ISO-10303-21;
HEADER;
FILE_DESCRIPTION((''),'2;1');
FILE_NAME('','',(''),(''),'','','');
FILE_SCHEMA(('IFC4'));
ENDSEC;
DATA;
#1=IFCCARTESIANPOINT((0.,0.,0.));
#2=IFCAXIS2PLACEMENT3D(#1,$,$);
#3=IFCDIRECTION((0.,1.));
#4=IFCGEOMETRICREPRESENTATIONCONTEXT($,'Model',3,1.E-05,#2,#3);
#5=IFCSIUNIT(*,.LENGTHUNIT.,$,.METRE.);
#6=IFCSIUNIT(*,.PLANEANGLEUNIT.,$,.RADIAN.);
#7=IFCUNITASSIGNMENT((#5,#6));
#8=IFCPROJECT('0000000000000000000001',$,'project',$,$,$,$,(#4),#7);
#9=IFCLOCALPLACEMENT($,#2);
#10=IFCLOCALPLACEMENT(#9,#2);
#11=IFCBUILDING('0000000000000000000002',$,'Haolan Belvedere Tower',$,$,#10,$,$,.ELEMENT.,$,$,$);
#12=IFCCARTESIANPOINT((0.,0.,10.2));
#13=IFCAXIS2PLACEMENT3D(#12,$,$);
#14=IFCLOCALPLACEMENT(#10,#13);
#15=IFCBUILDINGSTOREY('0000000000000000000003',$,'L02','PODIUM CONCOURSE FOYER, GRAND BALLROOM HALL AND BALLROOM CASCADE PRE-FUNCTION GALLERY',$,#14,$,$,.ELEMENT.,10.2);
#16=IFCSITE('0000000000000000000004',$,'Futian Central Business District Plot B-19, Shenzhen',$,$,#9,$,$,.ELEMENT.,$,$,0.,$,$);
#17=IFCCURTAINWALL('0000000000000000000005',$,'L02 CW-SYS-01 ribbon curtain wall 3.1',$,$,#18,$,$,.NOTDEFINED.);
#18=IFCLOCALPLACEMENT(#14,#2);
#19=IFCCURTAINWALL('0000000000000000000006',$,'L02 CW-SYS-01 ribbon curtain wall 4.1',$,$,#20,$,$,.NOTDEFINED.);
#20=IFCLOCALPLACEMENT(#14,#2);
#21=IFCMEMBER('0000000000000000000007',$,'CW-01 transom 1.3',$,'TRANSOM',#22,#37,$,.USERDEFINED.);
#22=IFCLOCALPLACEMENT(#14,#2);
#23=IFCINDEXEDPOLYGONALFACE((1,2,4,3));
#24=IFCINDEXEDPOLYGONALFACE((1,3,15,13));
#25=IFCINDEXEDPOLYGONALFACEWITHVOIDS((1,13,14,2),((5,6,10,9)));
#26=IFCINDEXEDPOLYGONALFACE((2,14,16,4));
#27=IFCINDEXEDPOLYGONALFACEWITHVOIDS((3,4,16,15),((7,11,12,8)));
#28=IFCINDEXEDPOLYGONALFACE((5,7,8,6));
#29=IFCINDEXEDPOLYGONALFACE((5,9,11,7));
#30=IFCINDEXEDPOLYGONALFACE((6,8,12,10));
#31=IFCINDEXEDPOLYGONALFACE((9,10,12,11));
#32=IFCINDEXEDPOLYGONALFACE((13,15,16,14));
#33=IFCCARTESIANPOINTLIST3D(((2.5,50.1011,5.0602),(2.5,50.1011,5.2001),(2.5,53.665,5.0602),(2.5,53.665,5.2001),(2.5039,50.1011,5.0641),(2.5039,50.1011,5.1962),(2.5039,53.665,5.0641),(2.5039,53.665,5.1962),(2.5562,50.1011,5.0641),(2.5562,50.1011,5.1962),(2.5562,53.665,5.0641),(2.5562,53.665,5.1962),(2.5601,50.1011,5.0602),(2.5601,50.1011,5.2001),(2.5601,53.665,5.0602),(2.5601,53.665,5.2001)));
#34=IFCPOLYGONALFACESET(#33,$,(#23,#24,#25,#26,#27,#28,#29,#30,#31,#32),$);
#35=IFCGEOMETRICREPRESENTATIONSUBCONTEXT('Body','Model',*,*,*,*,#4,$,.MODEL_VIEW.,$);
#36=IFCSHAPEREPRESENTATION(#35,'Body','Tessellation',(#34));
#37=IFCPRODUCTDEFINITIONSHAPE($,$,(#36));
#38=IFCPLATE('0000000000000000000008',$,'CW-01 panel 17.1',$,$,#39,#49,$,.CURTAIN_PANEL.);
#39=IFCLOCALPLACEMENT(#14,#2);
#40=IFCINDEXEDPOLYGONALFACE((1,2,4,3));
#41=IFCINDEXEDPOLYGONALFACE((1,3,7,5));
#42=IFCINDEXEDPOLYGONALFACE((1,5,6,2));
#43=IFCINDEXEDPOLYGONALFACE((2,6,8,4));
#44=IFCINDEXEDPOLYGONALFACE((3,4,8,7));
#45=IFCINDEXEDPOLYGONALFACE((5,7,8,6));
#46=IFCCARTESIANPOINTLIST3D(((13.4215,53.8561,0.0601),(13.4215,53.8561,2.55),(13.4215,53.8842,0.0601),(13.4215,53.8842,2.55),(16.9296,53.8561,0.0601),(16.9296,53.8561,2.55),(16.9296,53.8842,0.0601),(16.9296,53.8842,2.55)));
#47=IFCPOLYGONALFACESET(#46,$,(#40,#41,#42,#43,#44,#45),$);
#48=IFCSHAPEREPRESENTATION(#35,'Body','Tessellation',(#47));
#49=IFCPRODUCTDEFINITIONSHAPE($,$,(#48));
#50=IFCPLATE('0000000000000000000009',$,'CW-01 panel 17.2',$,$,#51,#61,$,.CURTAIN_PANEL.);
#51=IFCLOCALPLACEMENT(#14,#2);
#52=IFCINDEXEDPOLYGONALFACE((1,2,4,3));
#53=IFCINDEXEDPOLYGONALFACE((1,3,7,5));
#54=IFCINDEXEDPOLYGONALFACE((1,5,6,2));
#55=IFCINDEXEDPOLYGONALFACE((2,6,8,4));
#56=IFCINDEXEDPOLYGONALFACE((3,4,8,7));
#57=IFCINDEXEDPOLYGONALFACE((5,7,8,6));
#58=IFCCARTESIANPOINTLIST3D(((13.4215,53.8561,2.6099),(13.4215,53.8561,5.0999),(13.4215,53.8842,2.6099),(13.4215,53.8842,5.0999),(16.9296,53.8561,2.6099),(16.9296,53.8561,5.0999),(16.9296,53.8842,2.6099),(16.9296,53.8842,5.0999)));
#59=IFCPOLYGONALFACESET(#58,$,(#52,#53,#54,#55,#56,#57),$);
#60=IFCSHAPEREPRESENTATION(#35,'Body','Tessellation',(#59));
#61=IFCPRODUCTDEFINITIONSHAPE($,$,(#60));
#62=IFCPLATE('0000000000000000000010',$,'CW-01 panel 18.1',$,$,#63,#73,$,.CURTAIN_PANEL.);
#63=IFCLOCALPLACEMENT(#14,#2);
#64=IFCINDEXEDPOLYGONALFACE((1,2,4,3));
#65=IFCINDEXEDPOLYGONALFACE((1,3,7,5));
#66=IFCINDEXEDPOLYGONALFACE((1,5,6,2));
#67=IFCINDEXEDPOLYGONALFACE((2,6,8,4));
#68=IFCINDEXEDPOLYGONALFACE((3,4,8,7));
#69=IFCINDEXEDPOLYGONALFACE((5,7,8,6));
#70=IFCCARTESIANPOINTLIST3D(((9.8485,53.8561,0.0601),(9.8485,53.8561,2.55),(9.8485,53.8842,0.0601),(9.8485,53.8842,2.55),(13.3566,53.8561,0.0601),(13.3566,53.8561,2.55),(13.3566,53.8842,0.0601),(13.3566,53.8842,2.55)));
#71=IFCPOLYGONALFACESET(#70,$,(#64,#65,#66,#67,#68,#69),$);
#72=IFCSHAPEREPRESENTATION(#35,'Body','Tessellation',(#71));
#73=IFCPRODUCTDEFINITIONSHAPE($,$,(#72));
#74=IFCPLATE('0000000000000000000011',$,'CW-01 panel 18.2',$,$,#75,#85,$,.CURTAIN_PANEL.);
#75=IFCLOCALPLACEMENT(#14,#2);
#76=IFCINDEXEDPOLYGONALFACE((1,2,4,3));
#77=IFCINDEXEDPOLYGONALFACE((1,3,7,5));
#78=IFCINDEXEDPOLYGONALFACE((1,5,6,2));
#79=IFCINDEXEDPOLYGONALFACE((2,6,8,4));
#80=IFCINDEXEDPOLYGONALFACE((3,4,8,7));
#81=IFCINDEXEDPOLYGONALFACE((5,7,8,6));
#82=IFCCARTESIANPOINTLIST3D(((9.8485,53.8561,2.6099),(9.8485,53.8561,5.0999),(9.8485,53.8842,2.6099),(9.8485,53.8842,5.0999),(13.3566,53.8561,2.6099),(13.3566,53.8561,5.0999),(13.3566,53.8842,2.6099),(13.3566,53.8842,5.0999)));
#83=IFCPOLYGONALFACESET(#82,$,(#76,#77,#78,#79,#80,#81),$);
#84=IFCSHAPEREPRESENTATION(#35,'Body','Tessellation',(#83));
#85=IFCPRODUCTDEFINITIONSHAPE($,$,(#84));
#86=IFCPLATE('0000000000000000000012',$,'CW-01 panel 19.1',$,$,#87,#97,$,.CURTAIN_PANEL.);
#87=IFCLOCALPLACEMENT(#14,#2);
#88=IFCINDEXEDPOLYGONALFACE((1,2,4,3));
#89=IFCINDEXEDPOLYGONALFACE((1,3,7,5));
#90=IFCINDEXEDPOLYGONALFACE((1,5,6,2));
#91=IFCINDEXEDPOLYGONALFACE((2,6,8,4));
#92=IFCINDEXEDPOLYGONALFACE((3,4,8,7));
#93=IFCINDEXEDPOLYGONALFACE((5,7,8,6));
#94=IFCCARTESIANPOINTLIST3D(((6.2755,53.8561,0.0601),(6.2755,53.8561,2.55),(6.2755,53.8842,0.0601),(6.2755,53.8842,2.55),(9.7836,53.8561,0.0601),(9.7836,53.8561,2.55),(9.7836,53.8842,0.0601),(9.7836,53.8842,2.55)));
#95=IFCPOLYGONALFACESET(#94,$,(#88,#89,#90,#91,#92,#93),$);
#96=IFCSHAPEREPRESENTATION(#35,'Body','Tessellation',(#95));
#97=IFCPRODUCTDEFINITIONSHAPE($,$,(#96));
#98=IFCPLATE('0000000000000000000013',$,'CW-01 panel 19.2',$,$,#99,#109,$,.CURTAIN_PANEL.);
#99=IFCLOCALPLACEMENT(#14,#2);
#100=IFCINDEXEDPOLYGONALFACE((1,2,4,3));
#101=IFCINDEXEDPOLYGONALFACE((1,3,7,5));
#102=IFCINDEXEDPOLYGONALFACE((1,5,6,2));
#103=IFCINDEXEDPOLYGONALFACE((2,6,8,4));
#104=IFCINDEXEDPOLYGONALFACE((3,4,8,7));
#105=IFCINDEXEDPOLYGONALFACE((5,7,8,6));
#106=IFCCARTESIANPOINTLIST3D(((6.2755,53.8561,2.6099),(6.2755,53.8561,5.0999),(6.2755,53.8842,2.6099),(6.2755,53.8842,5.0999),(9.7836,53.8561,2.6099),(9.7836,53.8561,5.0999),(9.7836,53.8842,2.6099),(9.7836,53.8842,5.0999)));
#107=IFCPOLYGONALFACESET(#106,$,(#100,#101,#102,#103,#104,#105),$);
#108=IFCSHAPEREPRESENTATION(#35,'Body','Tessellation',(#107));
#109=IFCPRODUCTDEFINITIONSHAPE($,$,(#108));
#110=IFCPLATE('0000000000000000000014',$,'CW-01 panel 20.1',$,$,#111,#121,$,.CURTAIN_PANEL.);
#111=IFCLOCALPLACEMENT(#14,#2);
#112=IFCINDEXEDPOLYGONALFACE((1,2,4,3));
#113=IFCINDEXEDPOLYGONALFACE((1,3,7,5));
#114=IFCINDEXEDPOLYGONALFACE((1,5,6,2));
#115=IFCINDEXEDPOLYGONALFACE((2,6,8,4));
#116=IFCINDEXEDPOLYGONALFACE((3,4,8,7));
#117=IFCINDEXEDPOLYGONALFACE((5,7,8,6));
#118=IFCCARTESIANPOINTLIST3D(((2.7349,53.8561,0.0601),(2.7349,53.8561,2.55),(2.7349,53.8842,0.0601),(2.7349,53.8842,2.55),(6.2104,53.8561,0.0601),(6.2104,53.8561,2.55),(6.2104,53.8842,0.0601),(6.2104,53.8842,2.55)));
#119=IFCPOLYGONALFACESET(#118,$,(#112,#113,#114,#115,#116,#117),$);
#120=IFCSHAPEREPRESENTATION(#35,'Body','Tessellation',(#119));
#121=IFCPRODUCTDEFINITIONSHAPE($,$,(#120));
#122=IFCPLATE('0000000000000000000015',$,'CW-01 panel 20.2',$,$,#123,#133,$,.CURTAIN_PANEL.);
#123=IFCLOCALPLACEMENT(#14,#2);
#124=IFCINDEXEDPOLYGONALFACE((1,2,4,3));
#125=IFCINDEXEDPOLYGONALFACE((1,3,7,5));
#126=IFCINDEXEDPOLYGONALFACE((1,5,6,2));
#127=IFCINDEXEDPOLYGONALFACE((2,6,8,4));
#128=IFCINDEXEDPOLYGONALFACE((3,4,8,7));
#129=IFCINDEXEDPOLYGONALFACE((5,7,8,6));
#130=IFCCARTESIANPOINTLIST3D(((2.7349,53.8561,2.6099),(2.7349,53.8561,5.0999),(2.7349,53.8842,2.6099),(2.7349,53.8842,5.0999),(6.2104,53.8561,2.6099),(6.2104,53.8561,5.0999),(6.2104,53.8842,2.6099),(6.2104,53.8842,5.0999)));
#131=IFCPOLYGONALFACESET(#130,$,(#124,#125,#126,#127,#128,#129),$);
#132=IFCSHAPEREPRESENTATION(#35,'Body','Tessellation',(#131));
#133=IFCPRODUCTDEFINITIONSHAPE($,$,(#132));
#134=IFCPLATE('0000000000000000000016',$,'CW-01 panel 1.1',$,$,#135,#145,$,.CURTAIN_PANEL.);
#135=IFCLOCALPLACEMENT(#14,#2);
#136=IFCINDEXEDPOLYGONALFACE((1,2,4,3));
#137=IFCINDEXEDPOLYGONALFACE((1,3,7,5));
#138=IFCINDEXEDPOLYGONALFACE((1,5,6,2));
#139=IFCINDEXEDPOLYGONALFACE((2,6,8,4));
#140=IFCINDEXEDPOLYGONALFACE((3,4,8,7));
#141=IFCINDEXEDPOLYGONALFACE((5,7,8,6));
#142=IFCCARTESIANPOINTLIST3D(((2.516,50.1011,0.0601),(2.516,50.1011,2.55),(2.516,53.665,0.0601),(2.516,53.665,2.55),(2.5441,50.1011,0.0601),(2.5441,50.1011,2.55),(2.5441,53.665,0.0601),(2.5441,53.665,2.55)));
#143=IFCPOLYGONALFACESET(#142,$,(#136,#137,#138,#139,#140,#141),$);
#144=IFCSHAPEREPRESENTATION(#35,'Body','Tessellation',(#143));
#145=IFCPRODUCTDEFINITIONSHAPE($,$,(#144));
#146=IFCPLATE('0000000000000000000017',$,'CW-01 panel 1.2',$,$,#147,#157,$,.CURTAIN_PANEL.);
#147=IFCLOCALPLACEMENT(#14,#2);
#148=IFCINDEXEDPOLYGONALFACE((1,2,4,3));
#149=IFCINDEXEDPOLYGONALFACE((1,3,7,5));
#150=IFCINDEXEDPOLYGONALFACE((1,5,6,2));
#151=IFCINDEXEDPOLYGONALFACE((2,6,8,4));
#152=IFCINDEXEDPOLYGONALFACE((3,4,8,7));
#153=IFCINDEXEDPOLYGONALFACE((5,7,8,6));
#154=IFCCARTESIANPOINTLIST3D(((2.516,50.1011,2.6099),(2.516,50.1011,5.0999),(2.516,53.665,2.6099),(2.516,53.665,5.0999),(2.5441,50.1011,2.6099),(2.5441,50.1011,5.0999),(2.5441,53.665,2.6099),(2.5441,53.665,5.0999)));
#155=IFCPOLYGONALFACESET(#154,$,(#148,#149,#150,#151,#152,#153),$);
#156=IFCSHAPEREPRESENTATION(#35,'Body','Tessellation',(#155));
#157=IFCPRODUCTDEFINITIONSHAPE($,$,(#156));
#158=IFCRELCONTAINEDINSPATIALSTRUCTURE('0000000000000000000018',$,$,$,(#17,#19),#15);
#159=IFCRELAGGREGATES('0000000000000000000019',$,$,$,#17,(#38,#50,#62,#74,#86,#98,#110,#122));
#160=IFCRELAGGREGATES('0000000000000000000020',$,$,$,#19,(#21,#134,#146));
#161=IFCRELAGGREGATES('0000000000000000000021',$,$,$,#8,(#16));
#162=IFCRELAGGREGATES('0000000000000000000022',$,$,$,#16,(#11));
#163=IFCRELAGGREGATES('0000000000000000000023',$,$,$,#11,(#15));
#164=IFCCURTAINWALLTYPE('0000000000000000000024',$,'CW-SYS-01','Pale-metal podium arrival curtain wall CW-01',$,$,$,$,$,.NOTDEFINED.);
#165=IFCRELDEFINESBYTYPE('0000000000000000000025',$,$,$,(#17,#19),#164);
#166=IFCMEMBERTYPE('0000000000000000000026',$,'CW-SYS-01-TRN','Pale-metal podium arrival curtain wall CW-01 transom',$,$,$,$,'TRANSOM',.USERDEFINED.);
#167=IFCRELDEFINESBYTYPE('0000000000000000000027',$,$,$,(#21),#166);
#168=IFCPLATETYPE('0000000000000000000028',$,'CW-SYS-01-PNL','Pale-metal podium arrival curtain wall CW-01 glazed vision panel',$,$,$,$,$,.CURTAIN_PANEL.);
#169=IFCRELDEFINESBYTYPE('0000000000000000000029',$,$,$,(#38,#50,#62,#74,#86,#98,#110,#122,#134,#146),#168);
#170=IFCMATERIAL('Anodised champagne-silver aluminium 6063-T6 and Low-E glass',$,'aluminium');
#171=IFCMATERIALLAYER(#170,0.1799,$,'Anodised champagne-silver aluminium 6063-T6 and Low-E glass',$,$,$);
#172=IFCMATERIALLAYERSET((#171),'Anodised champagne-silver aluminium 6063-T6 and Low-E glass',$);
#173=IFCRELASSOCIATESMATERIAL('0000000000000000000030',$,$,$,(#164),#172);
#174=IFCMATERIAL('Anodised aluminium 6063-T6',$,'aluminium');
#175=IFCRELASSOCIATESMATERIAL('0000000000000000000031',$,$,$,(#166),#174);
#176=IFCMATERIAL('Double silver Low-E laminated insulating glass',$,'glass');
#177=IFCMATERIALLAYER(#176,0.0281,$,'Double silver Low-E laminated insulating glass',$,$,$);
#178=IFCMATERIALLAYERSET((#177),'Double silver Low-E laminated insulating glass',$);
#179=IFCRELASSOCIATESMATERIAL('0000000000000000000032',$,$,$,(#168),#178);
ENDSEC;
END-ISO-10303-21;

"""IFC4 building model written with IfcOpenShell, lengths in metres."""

from ifc_helpers import new_model, si_unit, direction, frame, origin, origin_2d, place, context, subcontext, project, spatial, rectangle, hollow_rectangle, extrude, material, layer, layer_set, material_profile, profile_set, type_object, element, aggregate, save


model = new_model("IFC4")

# Units and contexts
model_context = context("Model", 3, precision=1e-05, world=origin(), true_north=direction((0.0, 1.0)))
body_context = subcontext(model_context, "Body", "Model", "MODEL_VIEW")
ifc_project = project(units=[si_unit("LENGTHUNIT", "METRE"), si_unit("PLANEANGLEUNIT", "RADIAN")], contexts=[model_context])

# Site, building, storey
site_placement = place(None, origin())
site = spatial("IfcSite", under=ifc_project, at=site_placement, Name="Futian Central Business District Plot B-19, Shenzhen", CompositionType="ELEMENT", RefElevation=0.0)
building_placement = place(site_placement, origin())
building = spatial("IfcBuilding", under=site, at=building_placement, Name="Haolan Belvedere Tower", CompositionType="ELEMENT")
storey_placement = place(building_placement, frame((0.0, 0.0, 10.2)))
storey = spatial("IfcBuildingStorey", under=building, at=storey_placement, Name="L02", Description="PODIUM CONCOURSE FOYER, GRAND BALLROOM HALL AND BALLROOM CASCADE PRE-FUNCTION GALLERY", CompositionType="ELEMENT", Elevation=10.2)

# Curtain wall
ifc_material_1 = material(Name="Anodised champagne-silver aluminium 6063-T6 and Low-E glass", Category="aluminium")
ifc_layer_1 = layer(ifc_material_1, 0.1799, Name="Anodised champagne-silver aluminium 6063-T6 and Low-E glass")
ifc_layer_set_1 = layer_set([ifc_layer_1], Name="Anodised champagne-silver aluminium 6063-T6 and Low-E glass")
curtain_wall_type = type_object("IfcCurtainWallType", Name="CW-SYS-01", Description="Pale-metal podium arrival curtain wall CW-01", PredefinedType="NOTDEFINED", material=ifc_layer_set_1)
curtain_wall_1_placement = place(storey_placement, origin())
curtain_wall_1 = element("IfcCurtainWall", 1, at=curtain_wall_1_placement, inside=storey, type_object=curtain_wall_type, Name="L02 CW-SYS-01 ribbon curtain wall 3.1", PredefinedType="NOTDEFINED")
ifc_material_2 = material(Name="Anodised aluminium 6063-T6", Category="aluminium")

# Curtain wall
curtain_wall_2_placement = place(storey_placement, origin())
curtain_wall_2 = element("IfcCurtainWall", 2, at=curtain_wall_2_placement, inside=storey, type_object=curtain_wall_type, Name="L02 CW-SYS-01 ribbon curtain wall 4.1", PredefinedType="NOTDEFINED")

# Member
ifc_material_profile_1 = material_profile(ifc_material_2, hollow_rectangle(XDim=0.0601, YDim=0.1399, WallThickness=0.0039, at=origin_2d()), Name="Anodised aluminium 6063-T6")
ifc_profile_set_1 = profile_set([ifc_material_profile_1], Name="Anodised aluminium 6063-T6")
member_type_1 = type_object("IfcMemberType", Name="CW-SYS-01-TRN", Description="Pale-metal podium arrival curtain wall CW-01 transom", ElementType="TRANSOM", PredefinedType="USERDEFINED", material=ifc_profile_set_1)
member_1_placement = place(storey_placement, frame((2.53, 53.665, 5.1301), z_axis=(0.0, -1.0, 0.0), x_axis=(1.0, 0.0, 0.0)))
member_1 = element("IfcMember", 3, at=member_1_placement, type_object=member_type_1, Name="CW-01 transom 1.3", ObjectType="TRANSOM", PredefinedType="USERDEFINED", context=body_context, shape_type="SweptSolid", body=[
    extrude(hollow_rectangle(XDim=0.0601, YDim=0.1399, WallThickness=0.0039, at=origin_2d()), origin(), (0.0, 0.0, 1.0), 3.564),
])

# Plates
ifc_material_3 = material(Name="Double silver Low-E laminated insulating glass", Category="glass")
ifc_layer_2 = layer(ifc_material_3, 0.0281, Name="Double silver Low-E laminated insulating glass")
ifc_layer_set_2 = layer_set([ifc_layer_2], Name="Double silver Low-E laminated insulating glass")
plate_type = type_object("IfcPlateType", Name="CW-SYS-01-PNL", Description="Pale-metal podium arrival curtain wall CW-01 glazed vision panel", PredefinedType="CURTAIN_PANEL", material=ifc_layer_set_2)
plate_1_placement = place(storey_placement, frame((15.1755, 53.8701, 0.0601), z_axis=(0.0, 0.0, 1.0), x_axis=(-1.0, 0.0, 0.0)))
plate_1 = element("IfcPlate", 4, at=plate_1_placement, type_object=plate_type, Name="CW-01 panel 17.1", PredefinedType="CURTAIN_PANEL", context=body_context, shape_type="SweptSolid", body=[
    extrude(rectangle(XDim=3.5081, YDim=0.0281, at=origin_2d()), origin(), (0.0, 0.0, 1.0), 2.49),
])
plate_2_placement = place(storey_placement, frame((15.1755, 53.8701, 2.6099), z_axis=(0.0, 0.0, 1.0), x_axis=(-1.0, 0.0, 0.0)))
plate_2 = element("IfcPlate", 5, at=plate_2_placement, type_object=plate_type, Name="CW-01 panel 17.2", PredefinedType="CURTAIN_PANEL", context=body_context, shape_type="SweptSolid", body=[
    extrude(rectangle(XDim=3.5081, YDim=0.0281, at=origin_2d()), origin(), (0.0, 0.0, 1.0), 2.49),
])
plate_3_placement = place(storey_placement, frame((11.6025, 53.8701, 0.0601), z_axis=(0.0, 0.0, 1.0), x_axis=(-1.0, 0.0, 0.0)))
plate_3 = element("IfcPlate", 6, at=plate_3_placement, type_object=plate_type, Name="CW-01 panel 18.1", PredefinedType="CURTAIN_PANEL", context=body_context, shape_type="SweptSolid", body=[
    extrude(rectangle(XDim=3.5081, YDim=0.0281, at=origin_2d()), origin(), (0.0, 0.0, 1.0), 2.49),
])
plate_4_placement = place(storey_placement, frame((11.6025, 53.8701, 2.6099), z_axis=(0.0, 0.0, 1.0), x_axis=(-1.0, 0.0, 0.0)))
plate_4 = element("IfcPlate", 7, at=plate_4_placement, type_object=plate_type, Name="CW-01 panel 18.2", PredefinedType="CURTAIN_PANEL", context=body_context, shape_type="SweptSolid", body=[
    extrude(rectangle(XDim=3.5081, YDim=0.0281, at=origin_2d()), origin(), (0.0, 0.0, 1.0), 2.49),
])
plate_5_placement = place(storey_placement, frame((8.0295, 53.8701, 0.0601), z_axis=(0.0, 0.0, 1.0), x_axis=(-1.0, 0.0, 0.0)))
plate_5 = element("IfcPlate", 8, at=plate_5_placement, type_object=plate_type, Name="CW-01 panel 19.1", PredefinedType="CURTAIN_PANEL", context=body_context, shape_type="SweptSolid", body=[
    extrude(rectangle(XDim=3.5081, YDim=0.0281, at=origin_2d()), origin(), (0.0, 0.0, 1.0), 2.49),
])
plate_6_placement = place(storey_placement, frame((8.0295, 53.8701, 2.6099), z_axis=(0.0, 0.0, 1.0), x_axis=(-1.0, 0.0, 0.0)))
plate_6 = element("IfcPlate", 9, at=plate_6_placement, type_object=plate_type, Name="CW-01 panel 19.2", PredefinedType="CURTAIN_PANEL", context=body_context, shape_type="SweptSolid", body=[
    extrude(rectangle(XDim=3.5081, YDim=0.0281, at=origin_2d()), origin(), (0.0, 0.0, 1.0), 2.49),
])
plate_7_placement = place(storey_placement, frame((4.4727, 53.8701, 0.0601), z_axis=(0.0, 0.0, 1.0), x_axis=(-1.0, 0.0, 0.0)))
plate_7 = element("IfcPlate", 10, at=plate_7_placement, type_object=plate_type, Name="CW-01 panel 20.1", PredefinedType="CURTAIN_PANEL", context=body_context, shape_type="SweptSolid", body=[
    extrude(rectangle(XDim=3.4756, YDim=0.0281, at=origin_2d()), origin(), (0.0, 0.0, 1.0), 2.49),
])
plate_8_placement = place(storey_placement, frame((4.4727, 53.8701, 2.6099), z_axis=(0.0, 0.0, 1.0), x_axis=(-1.0, 0.0, 0.0)))
plate_8 = element("IfcPlate", 11, at=plate_8_placement, type_object=plate_type, Name="CW-01 panel 20.2", PredefinedType="CURTAIN_PANEL", context=body_context, shape_type="SweptSolid", body=[
    extrude(rectangle(XDim=3.4756, YDim=0.0281, at=origin_2d()), origin(), (0.0, 0.0, 1.0), 2.49),
])
aggregate(curtain_wall_1, [plate_1, plate_2, plate_3, plate_4, plate_5, plate_6, plate_7, plate_8])
plate_9_placement = place(storey_placement, frame((2.53, 51.8831, 0.0601), z_axis=(0.0, 0.0, 1.0), x_axis=(0.0, -1.0, 0.0)))
plate_9 = element("IfcPlate", 12, at=plate_9_placement, type_object=plate_type, Name="CW-01 panel 1.1", PredefinedType="CURTAIN_PANEL", context=body_context, shape_type="SweptSolid", body=[
    extrude(rectangle(XDim=3.564, YDim=0.0281, at=origin_2d()), origin(), (0.0, 0.0, 1.0), 2.49),
])
plate_10_placement = place(storey_placement, frame((2.53, 51.8831, 2.6099), z_axis=(0.0, 0.0, 1.0), x_axis=(0.0, -1.0, 0.0)))
plate_10 = element("IfcPlate", 13, at=plate_10_placement, type_object=plate_type, Name="CW-01 panel 1.2", PredefinedType="CURTAIN_PANEL", context=body_context, shape_type="SweptSolid", body=[
    extrude(rectangle(XDim=3.564, YDim=0.0281, at=origin_2d()), origin(), (0.0, 0.0, 1.0), 2.49),
])
aggregate(curtain_wall_2, [member_1, plate_9, plate_10])

save(model, "model.ifc")
